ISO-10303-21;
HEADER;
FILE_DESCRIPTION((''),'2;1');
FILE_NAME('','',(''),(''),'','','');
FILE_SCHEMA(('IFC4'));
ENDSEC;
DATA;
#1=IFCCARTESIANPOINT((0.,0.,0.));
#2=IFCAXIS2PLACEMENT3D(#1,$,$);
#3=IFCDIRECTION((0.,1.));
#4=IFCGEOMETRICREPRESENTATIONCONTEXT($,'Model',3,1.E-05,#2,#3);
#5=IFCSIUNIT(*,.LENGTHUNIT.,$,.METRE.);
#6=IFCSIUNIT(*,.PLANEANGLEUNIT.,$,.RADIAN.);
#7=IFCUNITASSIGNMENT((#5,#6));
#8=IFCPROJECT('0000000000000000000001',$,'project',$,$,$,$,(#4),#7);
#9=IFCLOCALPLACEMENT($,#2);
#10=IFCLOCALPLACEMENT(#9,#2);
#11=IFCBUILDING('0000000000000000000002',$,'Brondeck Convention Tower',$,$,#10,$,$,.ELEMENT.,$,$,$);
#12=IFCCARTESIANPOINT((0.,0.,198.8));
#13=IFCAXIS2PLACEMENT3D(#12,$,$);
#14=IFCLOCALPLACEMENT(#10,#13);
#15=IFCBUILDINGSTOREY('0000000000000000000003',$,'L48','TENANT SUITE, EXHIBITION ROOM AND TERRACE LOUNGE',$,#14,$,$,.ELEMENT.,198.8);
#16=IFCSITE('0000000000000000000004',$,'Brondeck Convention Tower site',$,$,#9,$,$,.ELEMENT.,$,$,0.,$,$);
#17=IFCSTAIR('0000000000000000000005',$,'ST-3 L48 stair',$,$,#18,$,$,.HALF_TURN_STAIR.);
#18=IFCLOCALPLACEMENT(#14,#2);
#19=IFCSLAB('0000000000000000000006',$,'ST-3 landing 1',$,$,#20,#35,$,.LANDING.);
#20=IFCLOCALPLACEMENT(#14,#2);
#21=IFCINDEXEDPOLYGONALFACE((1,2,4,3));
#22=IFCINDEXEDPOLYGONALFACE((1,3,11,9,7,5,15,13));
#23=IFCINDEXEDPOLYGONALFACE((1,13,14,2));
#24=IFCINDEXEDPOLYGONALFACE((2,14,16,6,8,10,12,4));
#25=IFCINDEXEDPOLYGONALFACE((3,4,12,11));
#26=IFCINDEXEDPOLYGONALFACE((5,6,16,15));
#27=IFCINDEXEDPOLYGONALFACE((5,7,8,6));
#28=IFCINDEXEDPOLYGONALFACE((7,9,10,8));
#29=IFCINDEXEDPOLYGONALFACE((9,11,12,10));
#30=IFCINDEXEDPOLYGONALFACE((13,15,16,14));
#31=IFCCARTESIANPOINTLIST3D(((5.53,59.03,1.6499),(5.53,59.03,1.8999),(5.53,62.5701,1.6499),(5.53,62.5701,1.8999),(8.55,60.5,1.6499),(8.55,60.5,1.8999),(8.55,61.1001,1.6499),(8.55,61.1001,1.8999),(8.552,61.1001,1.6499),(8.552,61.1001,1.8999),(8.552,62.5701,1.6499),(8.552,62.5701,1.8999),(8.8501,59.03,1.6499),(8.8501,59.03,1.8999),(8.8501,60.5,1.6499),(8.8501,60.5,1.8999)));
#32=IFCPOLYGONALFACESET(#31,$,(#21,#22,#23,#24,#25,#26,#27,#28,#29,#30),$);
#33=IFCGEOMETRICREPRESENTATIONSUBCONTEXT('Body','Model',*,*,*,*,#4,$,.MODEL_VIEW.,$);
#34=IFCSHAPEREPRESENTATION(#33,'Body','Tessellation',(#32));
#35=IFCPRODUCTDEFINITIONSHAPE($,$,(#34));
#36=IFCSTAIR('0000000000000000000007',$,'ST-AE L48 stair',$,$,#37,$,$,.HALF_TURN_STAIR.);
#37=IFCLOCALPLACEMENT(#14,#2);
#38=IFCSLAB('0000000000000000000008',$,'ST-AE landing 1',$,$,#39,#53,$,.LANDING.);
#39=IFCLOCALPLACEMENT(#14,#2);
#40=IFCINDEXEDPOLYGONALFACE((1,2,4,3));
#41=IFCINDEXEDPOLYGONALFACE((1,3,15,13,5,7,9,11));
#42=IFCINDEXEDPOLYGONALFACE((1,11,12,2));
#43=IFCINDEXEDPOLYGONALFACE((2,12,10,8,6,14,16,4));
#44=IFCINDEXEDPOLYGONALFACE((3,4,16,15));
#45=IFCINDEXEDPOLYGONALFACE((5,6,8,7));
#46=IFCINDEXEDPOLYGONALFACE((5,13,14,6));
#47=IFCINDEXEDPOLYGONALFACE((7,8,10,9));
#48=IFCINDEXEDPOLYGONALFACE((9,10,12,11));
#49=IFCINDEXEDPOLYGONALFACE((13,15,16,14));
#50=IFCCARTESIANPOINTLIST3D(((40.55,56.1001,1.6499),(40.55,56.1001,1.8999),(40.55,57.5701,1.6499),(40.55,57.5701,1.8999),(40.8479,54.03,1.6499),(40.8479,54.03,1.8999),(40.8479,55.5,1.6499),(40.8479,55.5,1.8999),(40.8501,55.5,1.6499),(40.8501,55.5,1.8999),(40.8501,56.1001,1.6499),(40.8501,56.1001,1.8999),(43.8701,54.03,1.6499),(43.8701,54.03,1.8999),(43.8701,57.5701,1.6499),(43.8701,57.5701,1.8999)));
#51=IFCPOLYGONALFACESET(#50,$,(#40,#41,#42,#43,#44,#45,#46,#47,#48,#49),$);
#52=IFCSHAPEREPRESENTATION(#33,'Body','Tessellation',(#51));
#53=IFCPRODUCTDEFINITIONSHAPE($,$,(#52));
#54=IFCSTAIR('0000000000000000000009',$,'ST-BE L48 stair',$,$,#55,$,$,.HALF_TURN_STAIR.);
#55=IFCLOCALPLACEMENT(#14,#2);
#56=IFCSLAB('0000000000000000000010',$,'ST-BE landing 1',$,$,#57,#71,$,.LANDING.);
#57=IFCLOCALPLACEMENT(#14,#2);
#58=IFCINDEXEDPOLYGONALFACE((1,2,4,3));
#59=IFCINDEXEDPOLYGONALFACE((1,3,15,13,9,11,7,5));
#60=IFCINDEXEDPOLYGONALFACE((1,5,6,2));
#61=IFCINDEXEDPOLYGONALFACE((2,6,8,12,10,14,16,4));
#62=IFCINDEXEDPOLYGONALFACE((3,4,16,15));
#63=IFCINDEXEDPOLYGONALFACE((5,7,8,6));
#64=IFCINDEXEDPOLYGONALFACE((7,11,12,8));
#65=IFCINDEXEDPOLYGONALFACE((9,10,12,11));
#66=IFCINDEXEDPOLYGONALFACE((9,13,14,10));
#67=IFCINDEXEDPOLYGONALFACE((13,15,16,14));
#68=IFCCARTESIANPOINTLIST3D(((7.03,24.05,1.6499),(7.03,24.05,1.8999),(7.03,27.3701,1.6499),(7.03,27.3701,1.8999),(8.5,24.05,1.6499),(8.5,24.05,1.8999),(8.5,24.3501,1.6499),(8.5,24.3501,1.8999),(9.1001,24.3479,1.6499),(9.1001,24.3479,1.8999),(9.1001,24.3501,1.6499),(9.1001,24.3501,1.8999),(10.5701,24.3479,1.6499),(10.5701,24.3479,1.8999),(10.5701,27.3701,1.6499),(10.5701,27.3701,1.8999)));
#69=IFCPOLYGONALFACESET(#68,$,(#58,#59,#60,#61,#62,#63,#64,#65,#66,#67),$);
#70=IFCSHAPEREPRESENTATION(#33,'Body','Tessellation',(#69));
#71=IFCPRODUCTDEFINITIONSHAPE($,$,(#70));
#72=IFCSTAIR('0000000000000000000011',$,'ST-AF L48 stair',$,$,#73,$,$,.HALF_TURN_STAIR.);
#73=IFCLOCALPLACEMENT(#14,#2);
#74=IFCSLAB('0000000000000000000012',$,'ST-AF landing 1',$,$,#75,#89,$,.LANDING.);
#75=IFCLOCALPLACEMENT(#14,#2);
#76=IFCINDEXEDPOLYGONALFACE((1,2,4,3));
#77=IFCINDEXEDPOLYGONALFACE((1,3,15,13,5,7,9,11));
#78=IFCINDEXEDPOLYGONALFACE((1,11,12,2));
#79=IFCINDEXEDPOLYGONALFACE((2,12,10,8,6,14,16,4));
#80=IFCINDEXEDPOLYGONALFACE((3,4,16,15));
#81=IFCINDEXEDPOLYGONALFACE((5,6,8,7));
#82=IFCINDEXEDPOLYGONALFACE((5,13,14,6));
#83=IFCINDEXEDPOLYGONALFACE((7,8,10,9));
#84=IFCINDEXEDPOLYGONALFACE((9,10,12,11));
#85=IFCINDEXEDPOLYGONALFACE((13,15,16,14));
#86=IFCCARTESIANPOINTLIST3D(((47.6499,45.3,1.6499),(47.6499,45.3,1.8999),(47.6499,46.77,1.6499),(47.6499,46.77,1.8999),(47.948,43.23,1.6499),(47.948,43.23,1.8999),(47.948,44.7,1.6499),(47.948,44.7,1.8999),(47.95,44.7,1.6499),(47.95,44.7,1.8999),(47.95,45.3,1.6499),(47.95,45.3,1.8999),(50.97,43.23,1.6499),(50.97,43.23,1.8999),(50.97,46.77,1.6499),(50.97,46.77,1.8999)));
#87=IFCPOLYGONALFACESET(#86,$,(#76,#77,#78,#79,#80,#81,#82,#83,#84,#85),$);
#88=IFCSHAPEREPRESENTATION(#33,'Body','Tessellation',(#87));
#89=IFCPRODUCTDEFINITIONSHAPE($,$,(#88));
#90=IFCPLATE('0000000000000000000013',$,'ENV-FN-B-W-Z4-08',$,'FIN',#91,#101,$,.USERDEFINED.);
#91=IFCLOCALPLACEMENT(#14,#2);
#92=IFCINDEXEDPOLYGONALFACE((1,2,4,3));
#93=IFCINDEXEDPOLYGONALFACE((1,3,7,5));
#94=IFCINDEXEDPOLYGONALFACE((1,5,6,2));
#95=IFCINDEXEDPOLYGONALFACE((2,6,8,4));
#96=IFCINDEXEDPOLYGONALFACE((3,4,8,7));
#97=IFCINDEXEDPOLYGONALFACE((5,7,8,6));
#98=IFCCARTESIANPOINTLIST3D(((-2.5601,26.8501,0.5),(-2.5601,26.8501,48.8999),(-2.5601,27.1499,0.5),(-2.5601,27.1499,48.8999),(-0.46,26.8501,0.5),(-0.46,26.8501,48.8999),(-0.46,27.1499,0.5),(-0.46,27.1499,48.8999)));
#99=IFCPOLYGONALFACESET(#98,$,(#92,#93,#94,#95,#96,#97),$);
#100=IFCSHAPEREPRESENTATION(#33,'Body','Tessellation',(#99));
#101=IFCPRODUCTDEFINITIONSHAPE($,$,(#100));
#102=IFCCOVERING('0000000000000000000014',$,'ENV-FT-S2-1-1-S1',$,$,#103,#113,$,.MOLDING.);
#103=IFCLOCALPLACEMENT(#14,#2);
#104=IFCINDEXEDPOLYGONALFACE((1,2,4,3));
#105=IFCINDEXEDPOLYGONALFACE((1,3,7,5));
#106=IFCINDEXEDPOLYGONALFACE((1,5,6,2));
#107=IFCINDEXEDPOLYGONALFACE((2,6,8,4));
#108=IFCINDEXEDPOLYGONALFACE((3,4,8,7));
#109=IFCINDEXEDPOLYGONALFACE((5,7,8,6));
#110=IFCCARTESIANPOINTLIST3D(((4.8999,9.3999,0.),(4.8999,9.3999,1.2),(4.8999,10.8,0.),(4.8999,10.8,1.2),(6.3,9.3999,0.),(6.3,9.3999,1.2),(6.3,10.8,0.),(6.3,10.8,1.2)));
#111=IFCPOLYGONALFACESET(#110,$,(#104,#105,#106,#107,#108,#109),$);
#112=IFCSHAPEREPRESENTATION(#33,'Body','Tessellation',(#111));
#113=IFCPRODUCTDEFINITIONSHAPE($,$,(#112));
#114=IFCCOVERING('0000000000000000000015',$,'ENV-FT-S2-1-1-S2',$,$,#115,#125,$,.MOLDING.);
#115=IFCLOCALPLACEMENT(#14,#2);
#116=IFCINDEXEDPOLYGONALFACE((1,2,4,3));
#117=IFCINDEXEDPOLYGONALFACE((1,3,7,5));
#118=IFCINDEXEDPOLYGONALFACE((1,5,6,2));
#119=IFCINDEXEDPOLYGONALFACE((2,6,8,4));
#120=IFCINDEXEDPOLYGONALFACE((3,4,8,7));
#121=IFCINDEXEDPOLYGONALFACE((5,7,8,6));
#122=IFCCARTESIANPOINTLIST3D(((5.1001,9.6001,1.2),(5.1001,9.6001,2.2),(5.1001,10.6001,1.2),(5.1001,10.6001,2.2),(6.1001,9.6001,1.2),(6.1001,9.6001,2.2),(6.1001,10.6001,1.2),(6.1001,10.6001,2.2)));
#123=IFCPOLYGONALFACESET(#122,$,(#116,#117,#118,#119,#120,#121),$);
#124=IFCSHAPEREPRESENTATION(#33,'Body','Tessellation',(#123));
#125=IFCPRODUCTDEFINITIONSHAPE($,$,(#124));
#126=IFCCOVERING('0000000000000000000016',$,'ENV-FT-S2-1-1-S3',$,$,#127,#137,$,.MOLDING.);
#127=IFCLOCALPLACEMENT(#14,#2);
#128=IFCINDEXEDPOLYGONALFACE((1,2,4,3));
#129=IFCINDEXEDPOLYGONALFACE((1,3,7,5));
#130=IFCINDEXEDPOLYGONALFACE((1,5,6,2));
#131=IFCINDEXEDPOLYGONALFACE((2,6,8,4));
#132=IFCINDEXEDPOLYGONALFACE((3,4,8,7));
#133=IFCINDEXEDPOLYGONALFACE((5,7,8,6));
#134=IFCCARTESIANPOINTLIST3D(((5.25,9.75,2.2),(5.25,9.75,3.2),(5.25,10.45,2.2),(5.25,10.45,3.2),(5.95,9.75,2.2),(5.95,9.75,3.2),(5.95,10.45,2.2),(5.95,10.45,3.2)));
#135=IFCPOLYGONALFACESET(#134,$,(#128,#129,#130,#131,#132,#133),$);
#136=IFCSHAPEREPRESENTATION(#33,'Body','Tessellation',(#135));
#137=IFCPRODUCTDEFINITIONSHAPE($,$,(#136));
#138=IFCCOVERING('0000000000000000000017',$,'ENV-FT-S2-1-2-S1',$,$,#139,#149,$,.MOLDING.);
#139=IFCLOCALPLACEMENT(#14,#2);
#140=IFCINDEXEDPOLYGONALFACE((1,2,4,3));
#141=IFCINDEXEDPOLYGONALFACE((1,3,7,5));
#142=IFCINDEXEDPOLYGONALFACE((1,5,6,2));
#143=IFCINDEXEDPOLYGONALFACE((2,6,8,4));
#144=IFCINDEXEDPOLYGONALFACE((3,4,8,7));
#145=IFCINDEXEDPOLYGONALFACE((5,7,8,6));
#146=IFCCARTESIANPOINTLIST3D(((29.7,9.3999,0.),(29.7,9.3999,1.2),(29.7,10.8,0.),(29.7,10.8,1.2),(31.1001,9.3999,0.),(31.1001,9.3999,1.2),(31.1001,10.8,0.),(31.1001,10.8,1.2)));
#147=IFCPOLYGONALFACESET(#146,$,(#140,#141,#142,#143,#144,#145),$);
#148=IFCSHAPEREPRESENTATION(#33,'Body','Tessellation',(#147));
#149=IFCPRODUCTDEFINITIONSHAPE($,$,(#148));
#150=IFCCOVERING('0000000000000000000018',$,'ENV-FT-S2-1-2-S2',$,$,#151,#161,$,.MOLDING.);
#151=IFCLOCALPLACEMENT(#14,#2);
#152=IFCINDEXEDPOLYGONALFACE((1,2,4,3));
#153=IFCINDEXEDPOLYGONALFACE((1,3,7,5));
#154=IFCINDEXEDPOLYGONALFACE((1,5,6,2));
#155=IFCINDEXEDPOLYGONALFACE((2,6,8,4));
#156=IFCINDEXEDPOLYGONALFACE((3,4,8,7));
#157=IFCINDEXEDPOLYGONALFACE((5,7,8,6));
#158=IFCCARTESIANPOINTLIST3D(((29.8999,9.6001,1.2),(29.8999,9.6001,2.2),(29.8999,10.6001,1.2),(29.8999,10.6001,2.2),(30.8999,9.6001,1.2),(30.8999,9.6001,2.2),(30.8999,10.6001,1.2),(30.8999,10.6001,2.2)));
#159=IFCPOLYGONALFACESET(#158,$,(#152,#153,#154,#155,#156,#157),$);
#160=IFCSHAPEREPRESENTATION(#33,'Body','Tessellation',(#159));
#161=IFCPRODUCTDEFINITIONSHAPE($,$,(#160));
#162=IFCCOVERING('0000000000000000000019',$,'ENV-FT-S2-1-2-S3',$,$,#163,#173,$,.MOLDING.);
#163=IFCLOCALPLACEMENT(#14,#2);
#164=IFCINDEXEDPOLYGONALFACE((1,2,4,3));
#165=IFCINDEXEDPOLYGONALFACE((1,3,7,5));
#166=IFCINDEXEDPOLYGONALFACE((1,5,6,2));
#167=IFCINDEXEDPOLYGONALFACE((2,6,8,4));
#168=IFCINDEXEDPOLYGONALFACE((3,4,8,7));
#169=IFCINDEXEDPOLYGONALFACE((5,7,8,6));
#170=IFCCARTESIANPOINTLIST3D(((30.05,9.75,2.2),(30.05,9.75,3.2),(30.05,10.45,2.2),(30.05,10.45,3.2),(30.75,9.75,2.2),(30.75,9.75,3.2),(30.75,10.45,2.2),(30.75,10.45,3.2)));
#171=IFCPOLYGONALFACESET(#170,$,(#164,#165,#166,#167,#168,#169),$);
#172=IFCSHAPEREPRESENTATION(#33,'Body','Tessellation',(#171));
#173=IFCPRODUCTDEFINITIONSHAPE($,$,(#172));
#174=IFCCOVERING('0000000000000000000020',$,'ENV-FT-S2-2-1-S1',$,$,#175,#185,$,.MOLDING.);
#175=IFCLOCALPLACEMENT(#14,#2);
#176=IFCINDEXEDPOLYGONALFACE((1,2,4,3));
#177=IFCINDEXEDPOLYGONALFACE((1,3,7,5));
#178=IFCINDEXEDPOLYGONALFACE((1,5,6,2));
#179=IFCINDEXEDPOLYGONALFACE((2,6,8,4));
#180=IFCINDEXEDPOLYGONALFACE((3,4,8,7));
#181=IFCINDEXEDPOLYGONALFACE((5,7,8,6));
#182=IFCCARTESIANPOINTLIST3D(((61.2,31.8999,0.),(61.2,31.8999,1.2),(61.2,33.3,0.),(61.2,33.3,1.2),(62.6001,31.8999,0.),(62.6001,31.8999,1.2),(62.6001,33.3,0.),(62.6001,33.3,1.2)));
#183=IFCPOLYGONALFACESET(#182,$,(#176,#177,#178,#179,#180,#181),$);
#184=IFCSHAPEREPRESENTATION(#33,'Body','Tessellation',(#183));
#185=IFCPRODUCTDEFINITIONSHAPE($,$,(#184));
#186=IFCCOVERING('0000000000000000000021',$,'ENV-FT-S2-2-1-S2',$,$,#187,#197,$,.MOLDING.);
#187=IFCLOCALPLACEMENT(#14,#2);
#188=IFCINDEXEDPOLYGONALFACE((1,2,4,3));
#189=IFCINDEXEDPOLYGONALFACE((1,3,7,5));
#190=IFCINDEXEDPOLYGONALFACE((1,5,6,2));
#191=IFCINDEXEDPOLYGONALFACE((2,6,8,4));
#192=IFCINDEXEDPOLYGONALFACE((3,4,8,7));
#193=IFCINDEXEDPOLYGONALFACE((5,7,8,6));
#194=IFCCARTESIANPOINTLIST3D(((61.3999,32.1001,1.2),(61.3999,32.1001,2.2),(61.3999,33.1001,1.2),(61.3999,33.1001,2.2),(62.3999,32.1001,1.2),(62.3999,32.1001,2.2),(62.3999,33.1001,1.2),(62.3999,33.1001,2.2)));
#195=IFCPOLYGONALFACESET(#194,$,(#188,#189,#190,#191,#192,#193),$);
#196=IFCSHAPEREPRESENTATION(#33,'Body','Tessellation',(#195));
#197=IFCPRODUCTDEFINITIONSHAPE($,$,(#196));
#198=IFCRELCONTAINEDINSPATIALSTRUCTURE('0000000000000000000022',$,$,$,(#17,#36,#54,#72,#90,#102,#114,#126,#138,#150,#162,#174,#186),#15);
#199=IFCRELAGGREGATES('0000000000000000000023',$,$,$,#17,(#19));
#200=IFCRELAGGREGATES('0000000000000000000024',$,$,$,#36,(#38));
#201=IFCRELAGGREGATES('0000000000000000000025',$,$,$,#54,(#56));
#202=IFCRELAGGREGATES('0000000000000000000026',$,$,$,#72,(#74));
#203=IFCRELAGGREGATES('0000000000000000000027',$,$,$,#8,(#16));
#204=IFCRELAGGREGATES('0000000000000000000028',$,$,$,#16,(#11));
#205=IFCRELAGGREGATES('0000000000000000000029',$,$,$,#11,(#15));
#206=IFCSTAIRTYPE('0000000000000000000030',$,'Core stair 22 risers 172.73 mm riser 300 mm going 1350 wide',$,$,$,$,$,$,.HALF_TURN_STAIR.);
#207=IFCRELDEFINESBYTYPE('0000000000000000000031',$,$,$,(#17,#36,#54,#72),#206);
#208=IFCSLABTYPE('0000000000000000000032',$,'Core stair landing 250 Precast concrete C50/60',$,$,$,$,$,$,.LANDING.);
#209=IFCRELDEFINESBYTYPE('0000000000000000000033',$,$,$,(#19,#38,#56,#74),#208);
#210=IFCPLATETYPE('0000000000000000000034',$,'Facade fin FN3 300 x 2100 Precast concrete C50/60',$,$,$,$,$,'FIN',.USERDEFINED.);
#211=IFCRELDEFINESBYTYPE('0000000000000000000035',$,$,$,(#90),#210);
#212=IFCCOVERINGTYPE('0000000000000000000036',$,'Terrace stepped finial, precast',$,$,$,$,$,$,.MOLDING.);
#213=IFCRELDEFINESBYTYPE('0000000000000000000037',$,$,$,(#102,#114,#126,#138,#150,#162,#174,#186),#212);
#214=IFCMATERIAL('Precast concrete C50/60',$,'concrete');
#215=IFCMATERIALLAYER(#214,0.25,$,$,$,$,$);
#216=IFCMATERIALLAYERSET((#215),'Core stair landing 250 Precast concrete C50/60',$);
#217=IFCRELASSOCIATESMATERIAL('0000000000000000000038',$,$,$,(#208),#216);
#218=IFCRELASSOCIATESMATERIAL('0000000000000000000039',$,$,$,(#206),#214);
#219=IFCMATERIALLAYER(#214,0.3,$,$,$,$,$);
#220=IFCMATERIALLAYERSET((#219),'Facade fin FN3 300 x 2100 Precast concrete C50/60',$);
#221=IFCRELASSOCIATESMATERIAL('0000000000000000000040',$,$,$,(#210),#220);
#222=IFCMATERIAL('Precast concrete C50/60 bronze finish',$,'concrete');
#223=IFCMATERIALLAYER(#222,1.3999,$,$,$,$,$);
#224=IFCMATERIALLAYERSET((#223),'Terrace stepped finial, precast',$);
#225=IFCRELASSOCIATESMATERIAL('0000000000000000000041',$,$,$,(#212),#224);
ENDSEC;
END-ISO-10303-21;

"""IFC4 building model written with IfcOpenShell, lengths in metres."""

from ifc_helpers import new_model, si_unit, direction, frame, origin, place, context, subcontext, project, spatial, polyline, outline, extrude, material, layer, layer_set, type_object, element, aggregate, save


model = new_model("IFC4")

# Units and contexts
model_context = context("Model", 3, precision=1e-05, world=origin(), true_north=direction((0.0, 1.0)))
body_context = subcontext(model_context, "Body", "Model", "MODEL_VIEW")
ifc_project = project(units=[si_unit("LENGTHUNIT", "METRE"), si_unit("PLANEANGLEUNIT", "RADIAN")], contexts=[model_context])

# Site, building, storey
site_placement = place(None, origin())
site = spatial("IfcSite", under=ifc_project, at=site_placement, Name="Brondeck Convention Tower site", CompositionType="ELEMENT", RefElevation=0.0)
building_placement = place(site_placement, origin())
building = spatial("IfcBuilding", under=site, at=building_placement, Name="Brondeck Convention Tower", CompositionType="ELEMENT")
storey_placement = place(building_placement, frame((0.0, 0.0, 198.8)))
storey = spatial("IfcBuildingStorey", under=building, at=storey_placement, Name="L48", Description="TENANT SUITE, EXHIBITION ROOM AND TERRACE LOUNGE", CompositionType="ELEMENT", Elevation=198.8)

# Shared definitions
ifc_material_1 = material(Name="Precast concrete C50/60", Category="concrete")
ifc_layer_1 = layer(ifc_material_1, 0.25)
ifc_layer_set_1 = layer_set([ifc_layer_1], Name="Core stair landing 250 Precast concrete C50/60")
slab_type = type_object("IfcSlabType", Name="Core stair landing 250 Precast concrete C50/60", PredefinedType="LANDING", material=ifc_layer_set_1)

# Stairs, slabs
stair_type = type_object("IfcStairType", Name="Core stair 22 risers 172.73 mm riser 300 mm going 1350 wide", PredefinedType="HALF_TURN_STAIR", material=ifc_material_1)
stair_1_placement = place(storey_placement, origin())
stair_1 = element("IfcStair", 1, at=stair_1_placement, inside=storey, type_object=stair_type, Name="ST-3 L48 stair", PredefinedType="HALF_TURN_STAIR")
slab_1_placement = place(storey_placement, frame((0.0, 0.0, 1.6499)))
slab_1 = element("IfcSlab", 2, at=slab_1_placement, type_object=slab_type, Name="ST-3 landing 1", PredefinedType="LANDING", context=body_context, shape_type="SweptSolid", body=[
    extrude(outline(polyline([(8.8501, 60.5), (8.8501, 59.03), (5.53, 59.03), (5.53, 62.5701), (8.552, 62.5701), (8.552, 61.1001), (8.55, 61.1001), (8.55, 60.5), (8.8501, 60.5)])), origin(), (0.0, 0.0, 1.0), 0.25),
])
aggregate(stair_1, [slab_1])
stair_2_placement = place(storey_placement, origin())
stair_2 = element("IfcStair", 3, at=stair_2_placement, inside=storey, type_object=stair_type, Name="ST-AE L48 stair", PredefinedType="HALF_TURN_STAIR")
slab_2_placement = place(storey_placement, frame((0.0, 0.0, 1.6499)))
slab_2 = element("IfcSlab", 4, at=slab_2_placement, type_object=slab_type, Name="ST-AE landing 1", PredefinedType="LANDING", context=body_context, shape_type="SweptSolid", body=[
    extrude(outline(polyline([(40.8479, 55.5), (40.8501, 55.5), (40.8501, 56.1001), (40.55, 56.1001), (40.55, 57.5701), (43.8701, 57.5701), (43.8701, 54.03), (40.8479, 54.03), (40.8479, 55.5)])), origin(), (0.0, 0.0, 1.0), 0.25),
])
aggregate(stair_2, [slab_2])
stair_3_placement = place(storey_placement, origin())
stair_3 = element("IfcStair", 5, at=stair_3_placement, inside=storey, type_object=stair_type, Name="ST-BE L48 stair", PredefinedType="HALF_TURN_STAIR")
slab_3_placement = place(storey_placement, frame((0.0, 0.0, 1.6499)))
slab_3 = element("IfcSlab", 6, at=slab_3_placement, type_object=slab_type, Name="ST-BE landing 1", PredefinedType="LANDING", context=body_context, shape_type="SweptSolid", body=[
    extrude(outline(polyline([(7.03, 24.05), (7.03, 27.3701), (10.5701, 27.3701), (10.5701, 24.3479), (9.1001, 24.3479), (9.1001, 24.3501), (8.5, 24.3501), (8.5, 24.05), (7.03, 24.05)])), origin(), (0.0, 0.0, 1.0), 0.25),
])
aggregate(stair_3, [slab_3])
stair_4_placement = place(storey_placement, origin())
stair_4 = element("IfcStair", 7, at=stair_4_placement, inside=storey, type_object=stair_type, Name="ST-AF L48 stair", PredefinedType="HALF_TURN_STAIR")
slab_4_placement = place(storey_placement, frame((0.0, 0.0, 1.6499)))
slab_4 = element("IfcSlab", 8, at=slab_4_placement, type_object=slab_type, Name="ST-AF landing 1", PredefinedType="LANDING", context=body_context, shape_type="SweptSolid", body=[
    extrude(outline(polyline([(47.948, 44.7), (47.95, 44.7), (47.95, 45.3), (47.6499, 45.3), (47.6499, 46.77), (50.97, 46.77), (50.97, 43.23), (47.948, 43.23), (47.948, 44.7)])), origin(), (0.0, 0.0, 1.0), 0.25),
])
aggregate(stair_4, [slab_4])

# Plate
ifc_layer_2 = layer(ifc_material_1, 0.3)
ifc_layer_set_2 = layer_set([ifc_layer_2], Name="Facade fin FN3 300 x 2100 Precast concrete C50/60")
plate_type = type_object("IfcPlateType", Name="Facade fin FN3 300 x 2100 Precast concrete C50/60", ElementType="FIN", PredefinedType="USERDEFINED", material=ifc_layer_set_2)
plate_placement = place(storey_placement, frame((0.0, 0.0, 0.5)))
element("IfcPlate", 9, at=plate_placement, inside=storey, type_object=plate_type, Name="ENV-FN-B-W-Z4-08", ObjectType="FIN", PredefinedType="USERDEFINED", context=body_context, shape_type="SweptSolid", body=[
    extrude(outline(polyline([(-2.5601, 26.8501), (-0.46, 26.8501), (-0.46, 27.1499), (-2.5601, 27.1499), (-2.5601, 26.8501)])), origin(), (0.0, 0.0, 1.0), 48.3999),
])

# Coverings
ifc_material_2 = material(Name="Precast concrete C50/60 bronze finish", Category="concrete")
ifc_layer_3 = layer(ifc_material_2, 1.3999)
ifc_layer_set_3 = layer_set([ifc_layer_3], Name="Terrace stepped finial, precast")
covering_type = type_object("IfcCoveringType", Name="Terrace stepped finial, precast", PredefinedType="MOLDING", material=ifc_layer_set_3)
covering_1_placement = place(storey_placement, origin())
element("IfcCovering", 10, at=covering_1_placement, inside=storey, type_object=covering_type, Name="ENV-FT-S2-1-1-S1", PredefinedType="MOLDING", context=body_context, shape_type="SweptSolid", body=[
    extrude(outline(polyline([(6.3, 9.3999), (6.3, 10.8), (4.8999, 10.8), (4.8999, 9.3999), (6.3, 9.3999)])), origin(), (0.0, 0.0, 1.0), 1.2),
])
covering_2_placement = place(storey_placement, frame((0.0, 0.0, 1.2)))
element("IfcCovering", 11, at=covering_2_placement, inside=storey, type_object=covering_type, Name="ENV-FT-S2-1-1-S2", PredefinedType="MOLDING", context=body_context, shape_type="SweptSolid", body=[
    extrude(outline(polyline([(6.1001, 9.6001), (6.1001, 10.6001), (5.1001, 10.6001), (5.1001, 9.6001), (6.1001, 9.6001)])), origin(), (0.0, 0.0, 1.0), 1.0),
])
covering_3_placement = place(storey_placement, frame((0.0, 0.0, 2.2)))
element("IfcCovering", 12, at=covering_3_placement, inside=storey, type_object=covering_type, Name="ENV-FT-S2-1-1-S3", PredefinedType="MOLDING", context=body_context, shape_type="SweptSolid", body=[
    extrude(outline(polyline([(5.95, 9.75), (5.95, 10.45), (5.25, 10.45), (5.25, 9.75), (5.95, 9.75)])), origin(), (0.0, 0.0, 1.0), 1.0),
])
covering_4_placement = place(storey_placement, origin())
element("IfcCovering", 13, at=covering_4_placement, inside=storey, type_object=covering_type, Name="ENV-FT-S2-1-2-S1", PredefinedType="MOLDING", context=body_context, shape_type="SweptSolid", body=[
    extrude(outline(polyline([(31.1001, 9.3999), (31.1001, 10.8), (29.7, 10.8), (29.7, 9.3999), (31.1001, 9.3999)])), origin(), (0.0, 0.0, 1.0), 1.2),
])
covering_5_placement = place(storey_placement, frame((0.0, 0.0, 1.2)))
element("IfcCovering", 14, at=covering_5_placement, inside=storey, type_object=covering_type, Name="ENV-FT-S2-1-2-S2", PredefinedType="MOLDING", context=body_context, shape_type="SweptSolid", body=[
    extrude(outline(polyline([(30.8999, 9.6001), (30.8999, 10.6001), (29.8999, 10.6001), (29.8999, 9.6001), (30.8999, 9.6001)])), origin(), (0.0, 0.0, 1.0), 1.0),
])
covering_6_placement = place(storey_placement, frame((0.0, 0.0, 2.2)))
element("IfcCovering", 15, at=covering_6_placement, inside=storey, type_object=covering_type, Name="ENV-FT-S2-1-2-S3", PredefinedType="MOLDING", context=body_context, shape_type="SweptSolid", body=[
    extrude(outline(polyline([(30.75, 9.75), (30.75, 10.45), (30.05, 10.45), (30.05, 9.75), (30.75, 9.75)])), origin(), (0.0, 0.0, 1.0), 1.0),
])
covering_7_placement = place(storey_placement, origin())
element("IfcCovering", 16, at=covering_7_placement, inside=storey, type_object=covering_type, Name="ENV-FT-S2-2-1-S1", PredefinedType="MOLDING", context=body_context, shape_type="SweptSolid", body=[
    extrude(outline(polyline([(62.6001, 31.8999), (62.6001, 33.3), (61.2, 33.3), (61.2, 31.8999), (62.6001, 31.8999)])), origin(), (0.0, 0.0, 1.0), 1.2),
])
covering_8_placement = place(storey_placement, frame((0.0, 0.0, 1.2)))
element("IfcCovering", 17, at=covering_8_placement, inside=storey, type_object=covering_type, Name="ENV-FT-S2-2-1-S2", PredefinedType="MOLDING", context=body_context, shape_type="SweptSolid", body=[
    extrude(outline(polyline([(62.3999, 32.1001), (62.3999, 33.1001), (61.3999, 33.1001), (61.3999, 32.1001), (62.3999, 32.1001)])), origin(), (0.0, 0.0, 1.0), 1.0),
])

save(model, "model.ifc")
